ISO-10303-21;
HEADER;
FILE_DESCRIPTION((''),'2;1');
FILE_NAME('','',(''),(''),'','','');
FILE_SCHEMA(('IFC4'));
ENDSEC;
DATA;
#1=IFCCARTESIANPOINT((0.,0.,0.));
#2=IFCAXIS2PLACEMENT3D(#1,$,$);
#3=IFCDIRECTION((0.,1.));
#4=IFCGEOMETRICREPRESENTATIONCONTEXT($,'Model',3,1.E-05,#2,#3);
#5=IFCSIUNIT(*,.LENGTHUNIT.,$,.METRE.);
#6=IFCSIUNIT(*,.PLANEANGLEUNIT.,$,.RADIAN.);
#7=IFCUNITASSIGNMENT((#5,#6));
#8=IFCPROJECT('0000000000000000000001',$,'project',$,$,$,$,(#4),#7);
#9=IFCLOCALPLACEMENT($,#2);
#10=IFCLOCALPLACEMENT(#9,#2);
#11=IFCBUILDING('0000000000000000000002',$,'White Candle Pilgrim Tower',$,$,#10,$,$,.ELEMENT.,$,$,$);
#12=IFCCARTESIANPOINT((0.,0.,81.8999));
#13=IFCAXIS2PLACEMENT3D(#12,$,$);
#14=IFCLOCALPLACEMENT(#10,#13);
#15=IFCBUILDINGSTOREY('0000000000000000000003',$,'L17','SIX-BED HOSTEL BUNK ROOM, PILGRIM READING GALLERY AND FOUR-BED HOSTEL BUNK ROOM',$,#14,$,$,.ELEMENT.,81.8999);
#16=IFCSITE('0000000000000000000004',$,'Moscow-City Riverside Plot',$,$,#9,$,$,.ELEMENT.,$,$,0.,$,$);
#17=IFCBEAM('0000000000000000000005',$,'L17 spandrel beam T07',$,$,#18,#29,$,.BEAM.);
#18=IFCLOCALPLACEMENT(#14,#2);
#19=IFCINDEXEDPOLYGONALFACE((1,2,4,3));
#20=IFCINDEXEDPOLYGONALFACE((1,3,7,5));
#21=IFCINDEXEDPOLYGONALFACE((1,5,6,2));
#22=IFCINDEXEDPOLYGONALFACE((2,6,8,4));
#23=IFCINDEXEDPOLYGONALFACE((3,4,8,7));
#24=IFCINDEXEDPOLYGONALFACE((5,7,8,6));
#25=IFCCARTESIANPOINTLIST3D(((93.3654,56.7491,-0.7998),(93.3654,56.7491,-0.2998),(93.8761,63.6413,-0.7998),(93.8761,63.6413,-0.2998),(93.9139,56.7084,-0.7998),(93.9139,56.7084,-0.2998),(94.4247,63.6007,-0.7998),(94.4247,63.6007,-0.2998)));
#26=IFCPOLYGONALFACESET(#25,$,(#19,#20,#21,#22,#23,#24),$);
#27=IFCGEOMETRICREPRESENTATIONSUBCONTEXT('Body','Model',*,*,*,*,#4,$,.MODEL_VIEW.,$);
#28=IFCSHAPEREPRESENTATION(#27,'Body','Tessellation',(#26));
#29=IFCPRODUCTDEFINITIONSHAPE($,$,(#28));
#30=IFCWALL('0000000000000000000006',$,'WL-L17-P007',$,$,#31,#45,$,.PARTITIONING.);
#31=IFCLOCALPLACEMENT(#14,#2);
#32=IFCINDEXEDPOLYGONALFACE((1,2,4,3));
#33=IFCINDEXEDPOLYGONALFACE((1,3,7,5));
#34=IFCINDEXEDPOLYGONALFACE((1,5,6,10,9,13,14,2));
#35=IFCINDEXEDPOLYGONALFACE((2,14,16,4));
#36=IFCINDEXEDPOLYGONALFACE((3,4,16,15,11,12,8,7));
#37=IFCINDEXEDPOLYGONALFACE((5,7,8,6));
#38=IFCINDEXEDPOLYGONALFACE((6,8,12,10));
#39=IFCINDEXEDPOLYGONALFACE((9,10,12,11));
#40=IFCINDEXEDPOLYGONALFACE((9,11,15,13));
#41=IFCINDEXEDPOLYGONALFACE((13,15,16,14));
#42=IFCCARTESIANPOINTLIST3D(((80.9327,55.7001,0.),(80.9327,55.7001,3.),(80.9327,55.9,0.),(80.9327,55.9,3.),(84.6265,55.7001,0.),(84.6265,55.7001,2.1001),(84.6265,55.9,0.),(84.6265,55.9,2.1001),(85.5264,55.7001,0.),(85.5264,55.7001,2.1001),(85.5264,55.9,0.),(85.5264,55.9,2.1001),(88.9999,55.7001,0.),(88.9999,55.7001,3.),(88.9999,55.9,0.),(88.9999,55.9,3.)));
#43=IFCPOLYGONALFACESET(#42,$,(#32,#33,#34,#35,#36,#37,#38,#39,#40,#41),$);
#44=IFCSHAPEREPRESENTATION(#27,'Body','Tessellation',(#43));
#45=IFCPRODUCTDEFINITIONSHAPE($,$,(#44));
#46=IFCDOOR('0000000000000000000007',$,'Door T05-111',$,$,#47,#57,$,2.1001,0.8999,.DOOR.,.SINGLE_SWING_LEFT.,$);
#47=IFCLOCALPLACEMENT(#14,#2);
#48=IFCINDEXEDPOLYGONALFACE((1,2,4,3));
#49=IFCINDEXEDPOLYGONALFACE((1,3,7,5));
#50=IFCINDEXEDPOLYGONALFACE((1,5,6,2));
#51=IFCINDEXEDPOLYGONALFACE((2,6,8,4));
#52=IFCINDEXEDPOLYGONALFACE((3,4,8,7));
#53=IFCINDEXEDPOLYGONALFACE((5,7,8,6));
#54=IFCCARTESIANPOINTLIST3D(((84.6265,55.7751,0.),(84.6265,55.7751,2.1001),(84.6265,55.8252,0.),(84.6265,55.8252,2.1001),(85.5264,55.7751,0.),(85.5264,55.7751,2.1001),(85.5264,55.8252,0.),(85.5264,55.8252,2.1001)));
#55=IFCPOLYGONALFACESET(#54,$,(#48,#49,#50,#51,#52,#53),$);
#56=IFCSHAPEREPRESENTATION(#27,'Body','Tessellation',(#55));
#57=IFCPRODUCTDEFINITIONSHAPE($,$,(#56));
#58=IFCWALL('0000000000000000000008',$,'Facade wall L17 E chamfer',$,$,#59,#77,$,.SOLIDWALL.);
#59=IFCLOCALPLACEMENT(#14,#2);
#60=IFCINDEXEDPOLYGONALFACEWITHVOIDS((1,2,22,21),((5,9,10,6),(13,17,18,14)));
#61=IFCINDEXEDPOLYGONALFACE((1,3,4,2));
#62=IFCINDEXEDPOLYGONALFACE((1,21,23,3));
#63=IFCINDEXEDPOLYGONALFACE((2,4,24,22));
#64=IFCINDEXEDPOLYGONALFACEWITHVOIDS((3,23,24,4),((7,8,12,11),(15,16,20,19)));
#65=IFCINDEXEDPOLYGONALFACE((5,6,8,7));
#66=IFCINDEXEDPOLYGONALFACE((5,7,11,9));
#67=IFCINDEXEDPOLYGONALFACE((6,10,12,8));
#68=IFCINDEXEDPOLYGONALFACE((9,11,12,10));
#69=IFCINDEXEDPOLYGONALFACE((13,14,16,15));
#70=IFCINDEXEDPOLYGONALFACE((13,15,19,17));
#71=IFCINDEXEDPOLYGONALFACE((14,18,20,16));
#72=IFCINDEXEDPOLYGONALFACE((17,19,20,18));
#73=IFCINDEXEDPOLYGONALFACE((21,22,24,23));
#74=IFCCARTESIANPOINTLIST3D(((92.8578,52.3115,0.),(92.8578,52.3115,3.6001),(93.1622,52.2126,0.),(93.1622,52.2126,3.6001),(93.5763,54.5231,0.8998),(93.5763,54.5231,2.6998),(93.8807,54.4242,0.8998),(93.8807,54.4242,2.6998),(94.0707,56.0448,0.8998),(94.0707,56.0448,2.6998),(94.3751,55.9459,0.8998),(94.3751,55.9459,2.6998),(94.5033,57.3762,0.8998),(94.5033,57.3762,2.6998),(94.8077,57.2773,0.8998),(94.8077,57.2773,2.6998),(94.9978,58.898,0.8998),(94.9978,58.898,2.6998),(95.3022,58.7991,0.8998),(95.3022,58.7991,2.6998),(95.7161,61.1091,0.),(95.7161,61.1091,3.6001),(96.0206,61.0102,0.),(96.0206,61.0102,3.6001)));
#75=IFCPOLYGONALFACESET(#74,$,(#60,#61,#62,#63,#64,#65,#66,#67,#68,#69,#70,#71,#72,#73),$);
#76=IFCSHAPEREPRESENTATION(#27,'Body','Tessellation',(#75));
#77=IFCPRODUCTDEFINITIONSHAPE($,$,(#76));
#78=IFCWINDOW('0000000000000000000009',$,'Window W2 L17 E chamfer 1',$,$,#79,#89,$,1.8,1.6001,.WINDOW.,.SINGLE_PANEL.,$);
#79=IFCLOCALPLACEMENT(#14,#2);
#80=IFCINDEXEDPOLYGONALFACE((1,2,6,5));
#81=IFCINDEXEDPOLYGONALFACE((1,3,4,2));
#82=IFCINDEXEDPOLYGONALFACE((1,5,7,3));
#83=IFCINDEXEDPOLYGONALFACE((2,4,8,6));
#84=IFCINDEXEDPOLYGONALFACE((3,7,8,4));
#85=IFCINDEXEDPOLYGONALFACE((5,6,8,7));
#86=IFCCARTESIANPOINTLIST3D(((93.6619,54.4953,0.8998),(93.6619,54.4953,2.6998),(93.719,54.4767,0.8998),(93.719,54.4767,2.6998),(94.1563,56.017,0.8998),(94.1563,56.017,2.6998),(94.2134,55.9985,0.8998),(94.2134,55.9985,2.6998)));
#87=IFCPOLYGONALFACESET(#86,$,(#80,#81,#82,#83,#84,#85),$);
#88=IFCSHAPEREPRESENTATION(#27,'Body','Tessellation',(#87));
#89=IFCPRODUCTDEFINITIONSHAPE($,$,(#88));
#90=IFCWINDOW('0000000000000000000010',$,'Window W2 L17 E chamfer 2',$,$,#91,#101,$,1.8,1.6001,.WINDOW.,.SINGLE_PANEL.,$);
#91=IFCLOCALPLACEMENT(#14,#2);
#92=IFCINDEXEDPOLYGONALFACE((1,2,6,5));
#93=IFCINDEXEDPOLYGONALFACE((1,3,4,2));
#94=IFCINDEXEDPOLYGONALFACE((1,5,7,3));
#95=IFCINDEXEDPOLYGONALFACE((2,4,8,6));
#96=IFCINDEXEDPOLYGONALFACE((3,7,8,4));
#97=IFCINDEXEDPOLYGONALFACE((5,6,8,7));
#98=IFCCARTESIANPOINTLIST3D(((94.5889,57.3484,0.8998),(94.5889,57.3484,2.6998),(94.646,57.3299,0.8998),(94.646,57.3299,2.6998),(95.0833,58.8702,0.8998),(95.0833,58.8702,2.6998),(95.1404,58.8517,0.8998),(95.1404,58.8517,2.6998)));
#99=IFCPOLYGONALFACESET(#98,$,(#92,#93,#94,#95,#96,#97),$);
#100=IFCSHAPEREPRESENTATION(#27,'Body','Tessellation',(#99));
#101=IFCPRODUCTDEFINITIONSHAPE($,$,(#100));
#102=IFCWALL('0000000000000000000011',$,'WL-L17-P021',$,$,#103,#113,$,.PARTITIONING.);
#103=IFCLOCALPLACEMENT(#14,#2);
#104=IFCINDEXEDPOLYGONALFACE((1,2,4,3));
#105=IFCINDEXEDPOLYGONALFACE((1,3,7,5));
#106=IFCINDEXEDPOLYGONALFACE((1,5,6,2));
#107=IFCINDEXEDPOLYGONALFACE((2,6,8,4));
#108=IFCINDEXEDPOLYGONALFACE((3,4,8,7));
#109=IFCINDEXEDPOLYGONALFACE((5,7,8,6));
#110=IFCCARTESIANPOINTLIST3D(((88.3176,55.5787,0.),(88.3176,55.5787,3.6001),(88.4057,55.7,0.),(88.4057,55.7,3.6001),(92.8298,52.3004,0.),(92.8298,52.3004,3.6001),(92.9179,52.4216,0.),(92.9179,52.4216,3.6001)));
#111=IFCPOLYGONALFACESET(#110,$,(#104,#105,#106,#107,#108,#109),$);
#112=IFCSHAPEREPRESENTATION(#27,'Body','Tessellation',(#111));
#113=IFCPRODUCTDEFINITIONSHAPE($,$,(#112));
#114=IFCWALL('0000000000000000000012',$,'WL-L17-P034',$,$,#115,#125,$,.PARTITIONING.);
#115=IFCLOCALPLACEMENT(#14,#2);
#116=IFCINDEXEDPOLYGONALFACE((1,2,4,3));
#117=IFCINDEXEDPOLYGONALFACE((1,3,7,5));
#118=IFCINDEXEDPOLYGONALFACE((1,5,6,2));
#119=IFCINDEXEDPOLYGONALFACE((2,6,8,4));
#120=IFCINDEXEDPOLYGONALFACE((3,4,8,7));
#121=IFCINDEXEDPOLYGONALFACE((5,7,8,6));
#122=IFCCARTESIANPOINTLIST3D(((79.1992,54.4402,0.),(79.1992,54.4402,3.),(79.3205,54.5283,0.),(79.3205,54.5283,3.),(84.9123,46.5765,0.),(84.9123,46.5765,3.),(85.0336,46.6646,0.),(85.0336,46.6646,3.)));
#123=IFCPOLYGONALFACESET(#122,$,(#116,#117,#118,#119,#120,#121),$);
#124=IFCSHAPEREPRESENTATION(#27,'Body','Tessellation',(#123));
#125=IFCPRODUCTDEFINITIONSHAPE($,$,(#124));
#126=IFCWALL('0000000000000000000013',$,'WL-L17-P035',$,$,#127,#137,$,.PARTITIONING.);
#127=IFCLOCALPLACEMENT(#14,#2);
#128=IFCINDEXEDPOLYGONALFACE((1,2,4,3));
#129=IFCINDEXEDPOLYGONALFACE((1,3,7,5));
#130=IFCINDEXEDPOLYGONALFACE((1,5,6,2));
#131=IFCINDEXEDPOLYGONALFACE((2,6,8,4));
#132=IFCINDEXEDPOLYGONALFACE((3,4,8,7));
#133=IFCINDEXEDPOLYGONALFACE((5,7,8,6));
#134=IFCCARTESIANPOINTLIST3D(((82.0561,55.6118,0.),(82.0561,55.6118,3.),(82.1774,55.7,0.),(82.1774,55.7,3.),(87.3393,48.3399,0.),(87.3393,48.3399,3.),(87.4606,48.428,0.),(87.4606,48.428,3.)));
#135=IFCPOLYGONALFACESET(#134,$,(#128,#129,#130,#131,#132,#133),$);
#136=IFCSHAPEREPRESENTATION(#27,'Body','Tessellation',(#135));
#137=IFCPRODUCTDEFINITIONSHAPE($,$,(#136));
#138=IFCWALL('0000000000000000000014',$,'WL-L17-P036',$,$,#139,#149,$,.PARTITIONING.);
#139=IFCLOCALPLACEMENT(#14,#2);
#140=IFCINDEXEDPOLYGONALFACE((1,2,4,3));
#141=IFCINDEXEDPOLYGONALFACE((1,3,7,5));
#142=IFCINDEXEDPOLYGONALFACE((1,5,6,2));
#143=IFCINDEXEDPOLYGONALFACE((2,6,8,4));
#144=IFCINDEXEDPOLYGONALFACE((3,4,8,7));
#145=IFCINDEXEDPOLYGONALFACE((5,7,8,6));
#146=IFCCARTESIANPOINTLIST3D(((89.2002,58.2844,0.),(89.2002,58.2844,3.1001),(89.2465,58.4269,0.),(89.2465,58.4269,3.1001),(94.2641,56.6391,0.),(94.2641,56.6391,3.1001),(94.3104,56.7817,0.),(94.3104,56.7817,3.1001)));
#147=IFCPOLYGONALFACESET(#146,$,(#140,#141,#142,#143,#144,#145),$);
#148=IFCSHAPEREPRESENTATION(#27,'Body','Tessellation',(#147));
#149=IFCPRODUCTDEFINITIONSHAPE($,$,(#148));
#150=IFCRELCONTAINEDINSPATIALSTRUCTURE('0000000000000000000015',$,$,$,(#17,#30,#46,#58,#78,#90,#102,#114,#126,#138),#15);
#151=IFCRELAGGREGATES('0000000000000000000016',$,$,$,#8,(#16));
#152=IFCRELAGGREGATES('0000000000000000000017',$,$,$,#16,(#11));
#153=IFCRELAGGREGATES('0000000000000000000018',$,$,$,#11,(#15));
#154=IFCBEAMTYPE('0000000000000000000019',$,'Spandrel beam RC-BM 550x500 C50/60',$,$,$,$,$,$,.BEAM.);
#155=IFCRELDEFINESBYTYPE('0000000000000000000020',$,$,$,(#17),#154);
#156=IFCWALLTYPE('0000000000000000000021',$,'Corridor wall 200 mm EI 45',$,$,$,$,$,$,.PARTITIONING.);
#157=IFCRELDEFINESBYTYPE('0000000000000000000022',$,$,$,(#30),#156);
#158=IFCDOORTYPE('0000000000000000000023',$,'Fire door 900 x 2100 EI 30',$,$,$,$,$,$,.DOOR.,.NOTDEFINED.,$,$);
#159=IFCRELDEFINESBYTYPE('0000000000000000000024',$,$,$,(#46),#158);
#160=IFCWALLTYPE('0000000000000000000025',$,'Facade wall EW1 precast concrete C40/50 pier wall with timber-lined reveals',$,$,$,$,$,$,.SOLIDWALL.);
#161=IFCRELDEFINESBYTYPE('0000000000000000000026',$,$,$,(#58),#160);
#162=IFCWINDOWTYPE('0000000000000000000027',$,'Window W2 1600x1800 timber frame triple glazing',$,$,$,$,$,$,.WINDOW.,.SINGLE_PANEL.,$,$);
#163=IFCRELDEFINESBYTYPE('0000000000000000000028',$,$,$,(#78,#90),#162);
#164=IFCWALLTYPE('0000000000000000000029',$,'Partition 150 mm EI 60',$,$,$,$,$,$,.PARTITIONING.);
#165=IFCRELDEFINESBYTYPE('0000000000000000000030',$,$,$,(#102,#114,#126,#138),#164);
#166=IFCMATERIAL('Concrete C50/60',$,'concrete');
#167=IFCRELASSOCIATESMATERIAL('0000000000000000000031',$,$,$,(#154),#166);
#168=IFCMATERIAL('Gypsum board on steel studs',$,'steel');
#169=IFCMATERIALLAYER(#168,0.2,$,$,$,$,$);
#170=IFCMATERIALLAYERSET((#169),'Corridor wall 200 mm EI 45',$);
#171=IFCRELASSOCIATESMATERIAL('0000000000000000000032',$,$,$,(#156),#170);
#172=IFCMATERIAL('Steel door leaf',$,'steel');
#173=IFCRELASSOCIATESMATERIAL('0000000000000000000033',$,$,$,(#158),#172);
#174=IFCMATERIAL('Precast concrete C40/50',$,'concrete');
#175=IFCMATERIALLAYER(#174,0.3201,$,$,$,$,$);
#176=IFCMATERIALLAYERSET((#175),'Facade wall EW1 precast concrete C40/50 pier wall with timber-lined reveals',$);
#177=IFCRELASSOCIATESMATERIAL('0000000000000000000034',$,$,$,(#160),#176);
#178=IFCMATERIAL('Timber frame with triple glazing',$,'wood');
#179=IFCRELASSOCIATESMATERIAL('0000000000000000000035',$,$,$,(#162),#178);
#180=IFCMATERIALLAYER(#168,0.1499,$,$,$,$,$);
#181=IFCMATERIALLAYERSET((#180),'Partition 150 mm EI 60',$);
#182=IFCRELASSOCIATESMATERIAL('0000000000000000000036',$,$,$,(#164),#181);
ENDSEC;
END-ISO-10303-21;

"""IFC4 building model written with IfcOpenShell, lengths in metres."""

from ifc_helpers import new_model, si_unit, direction, frame, frame_2d, origin, origin_2d, place, context, subcontext, project, spatial, rectangle, extrude, material, layer, layer_set, material_profile, profile_set, type_object, element, fill, save


model = new_model("IFC4")

# Units and contexts
model_context = context("Model", 3, precision=1e-05, world=origin(), true_north=direction((0.0, 1.0)))
body_context = subcontext(model_context, "Body", "Model", "MODEL_VIEW")
ifc_project = project(units=[si_unit("LENGTHUNIT", "METRE"), si_unit("PLANEANGLEUNIT", "RADIAN")], contexts=[model_context])

# Site, building, storey
site_placement = place(None, origin())
site = spatial("IfcSite", under=ifc_project, at=site_placement, Name="Moscow-City Riverside Plot", CompositionType="ELEMENT", RefElevation=0.0)
building_placement = place(site_placement, origin())
building = spatial("IfcBuilding", under=site, at=building_placement, Name="White Candle Pilgrim Tower", CompositionType="ELEMENT")
storey_placement = place(building_placement, frame((0.0, 0.0, 81.8999)))
storey = spatial("IfcBuildingStorey", under=building, at=storey_placement, Name="L17", Description="SIX-BED HOSTEL BUNK ROOM, PILGRIM READING GALLERY AND FOUR-BED HOSTEL BUNK ROOM", CompositionType="ELEMENT", Elevation=81.8999)

# Beam
ifc_material_1 = material(Name="Concrete C50/60", Category="concrete")
ifc_material_profile_1 = material_profile(ifc_material_1, rectangle(XDim=0.55, YDim=0.5, at=origin_2d()), Name="RC-BM 550x500")
ifc_profile_set_1 = profile_set([ifc_material_profile_1], Name="Concrete C50/60")
beam_type_1 = type_object("IfcBeamType", Name="Spandrel beam RC-BM 550x500 C50/60", PredefinedType="BEAM", material=ifc_profile_set_1)
beam_1_placement = place(storey_placement, frame((93.6396, 56.7288, -0.5498), z_axis=(0.0739, 0.997266, 0.0), x_axis=(-0.997266, 0.0739, 0.0)))
element("IfcBeam", 1, at=beam_1_placement, inside=storey, type_object=beam_type_1, Name="L17 spandrel beam T07", PredefinedType="BEAM", context=body_context, shape_type="SweptSolid", body=[
    extrude(rectangle(XDim=0.55, YDim=0.5, at=origin_2d()), origin(), (0.0, 0.0, 1.0), 6.9111),
])

# Wall, opening, door
ifc_material_2 = material(Name="Gypsum board on steel studs", Category="steel")
ifc_layer_1 = layer(ifc_material_2, 0.2)
ifc_layer_set_1 = layer_set([ifc_layer_1], Name="Corridor wall 200 mm EI 45")
wall_type_1 = type_object("IfcWallType", Name="Corridor wall 200 mm EI 45", PredefinedType="PARTITIONING", material=ifc_layer_set_1)
wall_1_placement = place(storey_placement, frame((89.0, 55.8, 0.0), z_axis=(0.0, 0.0, 1.0), x_axis=(-1.0, 0.0, 0.0)))
wall_1 = element("IfcWall", 2, at=wall_1_placement, inside=storey, type_object=wall_type_1, Name="WL-L17-P007", PredefinedType="PARTITIONING", context=body_context, shape_type="SweptSolid", body=[
    extrude(rectangle(XDim=8.0671, YDim=0.2, at=frame_2d((4.0337, 0.0))), origin(), (0.0, 0.0, 1.0), 3.0),
])
opening_1_placement = place(wall_1_placement, frame((3.4736, 0.0, 0.0)))
opening_1 = element("IfcOpeningElement", 3, at=opening_1_placement, cuts=wall_1, PredefinedType="OPENING", context=body_context, shape_type="SweptSolid", body=[
    extrude(rectangle(XDim=0.8999, YDim=2.1001, at=frame_2d((0.45, 1.05))), frame((0.0, 0.1099, 0.0), z_axis=(0.0, -1.0, 0.0), x_axis=(1.0, 0.0, 0.0)), (0.0, 0.0, 1.0), 0.22),
])
ifc_material_3 = material(Name="Steel door leaf", Category="steel")
door_type = type_object("IfcDoorType", Name="Fire door 900 x 2100 EI 30", OperationType="NOTDEFINED", PredefinedType="DOOR", material=ifc_material_3)
door_placement = place(opening_1_placement, origin())
door = element("IfcDoor", 4, at=door_placement, inside=storey, type_object=door_type, Name="Door T05-111", OperationType="SINGLE_SWING_LEFT", OverallHeight=2.1001, OverallWidth=0.8999, PredefinedType="DOOR", context=body_context, shape_type="SweptSolid", body=[
    extrude(rectangle(XDim=0.8999, YDim=2.1001, at=frame_2d((0.45, 1.05))), frame((0.0, 0.0249, 0.0), z_axis=(0.0, -1.0, 0.0), x_axis=(1.0, 0.0, 0.0)), (0.0, 0.0, 1.0), 0.05),
])
fill(opening_1, door)

# Wall, openings, windows
ifc_material_4 = material(Name="Precast concrete C40/50", Category="concrete")
ifc_layer_2 = layer(ifc_material_4, 0.3201)
ifc_layer_set_2 = layer_set([ifc_layer_2], Name="Facade wall EW1 precast concrete C40/50 pier wall with timber-lined reveals")
wall_type_2 = type_object("IfcWallType", Name="Facade wall EW1 precast concrete C40/50 pier wall with timber-lined reveals", PredefinedType="SOLIDWALL", material=ifc_layer_set_2)
wall_2_placement = place(storey_placement, frame((93.01, 52.2622, 0.0), z_axis=(0.0, 0.0, 1.0), x_axis=(0.309006, 0.95106, 0.0)))
wall_2 = element("IfcWall", 5, at=wall_2_placement, inside=storey, type_object=wall_type_2, Name="Facade wall L17 E chamfer", PredefinedType="SOLIDWALL", context=body_context, shape_type="SweptSolid", body=[
    extrude(rectangle(XDim=9.2502, YDim=0.3201, at=frame_2d((4.625, 0.0))), origin(), (0.0, 0.0, 1.0), 3.6001),
])
opening_2_placement = place(wall_2_placement, frame((2.3252, 0.0, 0.8999)))
opening_2 = element("IfcOpeningElement", 6, at=opening_2_placement, cuts=wall_2, PredefinedType="OPENING", context=body_context, shape_type="SweptSolid", body=[
    extrude(rectangle(XDim=1.6001, YDim=1.8, at=frame_2d((0.8, 0.8999))), frame((0.0, 0.1699, 0.0), z_axis=(0.0, -1.0, 0.0), x_axis=(1.0, 0.0, 0.0)), (0.0, 0.0, 1.0), 0.3401),
])
opening_3_placement = place(wall_2_placement, frame((5.3252, 0.0, 0.8999)))
opening_3 = element("IfcOpeningElement", 7, at=opening_3_placement, cuts=wall_2, PredefinedType="OPENING", context=body_context, shape_type="SweptSolid", body=[
    extrude(rectangle(XDim=1.6001, YDim=1.8, at=frame_2d((0.8, 0.8999))), frame((0.0, 0.1699, 0.0), z_axis=(0.0, -1.0, 0.0), x_axis=(1.0, 0.0, 0.0)), (0.0, 0.0, 1.0), 0.3401),
])
ifc_material_5 = material(Name="Timber frame with triple glazing", Category="wood")
window_type = type_object("IfcWindowType", Name="Window W2 1600x1800 timber frame triple glazing", PartitioningType="SINGLE_PANEL", PredefinedType="WINDOW", material=ifc_material_5)
window_1_placement = place(opening_2_placement, origin())
window_1 = element("IfcWindow", 8, at=window_1_placement, inside=storey, type_object=window_type, Name="Window W2 L17 E chamfer 1", OverallHeight=1.8, OverallWidth=1.6001, PartitioningType="SINGLE_PANEL", PredefinedType="WINDOW", context=body_context, shape_type="SweptSolid", body=[
    extrude(rectangle(XDim=1.6001, YDim=1.8, at=frame_2d((0.8, 0.8999))), frame((0.0, 0.0701, 0.0), z_axis=(0.0, -1.0, 0.0), x_axis=(1.0, 0.0, 0.0)), (0.0, 0.0, 1.0), 0.0601),
])
fill(opening_2, window_1)
window_2_placement = place(opening_3_placement, origin())
window_2 = element("IfcWindow", 9, at=window_2_placement, inside=storey, type_object=window_type, Name="Window W2 L17 E chamfer 2", OverallHeight=1.8, OverallWidth=1.6001, PartitioningType="SINGLE_PANEL", PredefinedType="WINDOW", context=body_context, shape_type="SweptSolid", body=[
    extrude(rectangle(XDim=1.6001, YDim=1.8, at=frame_2d((0.8, 0.8999))), frame((0.0, 0.0701, 0.0), z_axis=(0.0, -1.0, 0.0), x_axis=(1.0, 0.0, 0.0)), (0.0, 0.0, 1.0), 0.0601),
])
fill(opening_3, window_2)

# Walls
ifc_layer_3 = layer(ifc_material_2, 0.1499)
ifc_layer_set_3 = layer_set([ifc_layer_3], Name="Partition 150 mm EI 60")
wall_type_3 = type_object("IfcWallType", Name="Partition 150 mm EI 60", PredefinedType="PARTITIONING", material=ifc_layer_set_3)
wall_3_placement = place(storey_placement, frame((92.8738, 52.3611, 0.0), z_axis=(0.0, 0.0, 1.0), x_axis=(-0.809016, 0.587786, 0.0)))
element("IfcWall", 10, at=wall_3_placement, inside=storey, type_object=wall_type_3, Name="WL-L17-P021", PredefinedType="PARTITIONING", context=body_context, shape_type="SweptSolid", body=[
    extrude(rectangle(XDim=5.5774, YDim=0.1499, at=frame_2d((2.7886, 0.0))), origin(), (0.0, 0.0, 1.0), 3.6001),
])
wall_4_placement = place(storey_placement, frame((84.9729, 46.6206, 0.0), z_axis=(0.0, 0.0, 1.0), x_axis=(-0.58777, 0.809028, 0.0)))
element("IfcWall", 11, at=wall_4_placement, inside=storey, type_object=wall_type_3, Name="WL-L17-P034", PredefinedType="PARTITIONING", context=body_context, shape_type="SweptSolid", body=[
    extrude(rectangle(XDim=9.72, YDim=0.1499, at=frame_2d((4.8599, 0.0))), origin(), (0.0, 0.0, 1.0), 3.0),
])
wall_5_placement = place(storey_placement, frame((87.3999, 48.384, 0.0), z_axis=(0.0, 0.0, 1.0), x_axis=(-0.587771, 0.809027, 0.0)))
element("IfcWall", 12, at=wall_5_placement, inside=storey, type_object=wall_type_3, Name="WL-L17-P035", PredefinedType="PARTITIONING", context=body_context, shape_type="SweptSolid", body=[
    extrude(rectangle(XDim=8.9885, YDim=0.1499, at=frame_2d((4.4941, 0.0))), origin(), (0.0, 0.0, 1.0), 3.0),
])
wall_6_placement = place(storey_placement, frame((94.2871, 56.7104, 0.0), z_axis=(0.0, 0.0, 1.0), x_axis=(-0.951063, 0.308997, 0.0)))
element("IfcWall", 13, at=wall_6_placement, inside=storey, type_object=wall_type_3, Name="WL-L17-P036", PredefinedType="PARTITIONING", context=body_context, shape_type="SweptSolid", body=[
    extrude(rectangle(XDim=5.3245, YDim=0.1499, at=frame_2d((2.6621, 0.0))), origin(), (0.0, 0.0, 1.0), 3.1001),
])

save(model, "model.ifc")
